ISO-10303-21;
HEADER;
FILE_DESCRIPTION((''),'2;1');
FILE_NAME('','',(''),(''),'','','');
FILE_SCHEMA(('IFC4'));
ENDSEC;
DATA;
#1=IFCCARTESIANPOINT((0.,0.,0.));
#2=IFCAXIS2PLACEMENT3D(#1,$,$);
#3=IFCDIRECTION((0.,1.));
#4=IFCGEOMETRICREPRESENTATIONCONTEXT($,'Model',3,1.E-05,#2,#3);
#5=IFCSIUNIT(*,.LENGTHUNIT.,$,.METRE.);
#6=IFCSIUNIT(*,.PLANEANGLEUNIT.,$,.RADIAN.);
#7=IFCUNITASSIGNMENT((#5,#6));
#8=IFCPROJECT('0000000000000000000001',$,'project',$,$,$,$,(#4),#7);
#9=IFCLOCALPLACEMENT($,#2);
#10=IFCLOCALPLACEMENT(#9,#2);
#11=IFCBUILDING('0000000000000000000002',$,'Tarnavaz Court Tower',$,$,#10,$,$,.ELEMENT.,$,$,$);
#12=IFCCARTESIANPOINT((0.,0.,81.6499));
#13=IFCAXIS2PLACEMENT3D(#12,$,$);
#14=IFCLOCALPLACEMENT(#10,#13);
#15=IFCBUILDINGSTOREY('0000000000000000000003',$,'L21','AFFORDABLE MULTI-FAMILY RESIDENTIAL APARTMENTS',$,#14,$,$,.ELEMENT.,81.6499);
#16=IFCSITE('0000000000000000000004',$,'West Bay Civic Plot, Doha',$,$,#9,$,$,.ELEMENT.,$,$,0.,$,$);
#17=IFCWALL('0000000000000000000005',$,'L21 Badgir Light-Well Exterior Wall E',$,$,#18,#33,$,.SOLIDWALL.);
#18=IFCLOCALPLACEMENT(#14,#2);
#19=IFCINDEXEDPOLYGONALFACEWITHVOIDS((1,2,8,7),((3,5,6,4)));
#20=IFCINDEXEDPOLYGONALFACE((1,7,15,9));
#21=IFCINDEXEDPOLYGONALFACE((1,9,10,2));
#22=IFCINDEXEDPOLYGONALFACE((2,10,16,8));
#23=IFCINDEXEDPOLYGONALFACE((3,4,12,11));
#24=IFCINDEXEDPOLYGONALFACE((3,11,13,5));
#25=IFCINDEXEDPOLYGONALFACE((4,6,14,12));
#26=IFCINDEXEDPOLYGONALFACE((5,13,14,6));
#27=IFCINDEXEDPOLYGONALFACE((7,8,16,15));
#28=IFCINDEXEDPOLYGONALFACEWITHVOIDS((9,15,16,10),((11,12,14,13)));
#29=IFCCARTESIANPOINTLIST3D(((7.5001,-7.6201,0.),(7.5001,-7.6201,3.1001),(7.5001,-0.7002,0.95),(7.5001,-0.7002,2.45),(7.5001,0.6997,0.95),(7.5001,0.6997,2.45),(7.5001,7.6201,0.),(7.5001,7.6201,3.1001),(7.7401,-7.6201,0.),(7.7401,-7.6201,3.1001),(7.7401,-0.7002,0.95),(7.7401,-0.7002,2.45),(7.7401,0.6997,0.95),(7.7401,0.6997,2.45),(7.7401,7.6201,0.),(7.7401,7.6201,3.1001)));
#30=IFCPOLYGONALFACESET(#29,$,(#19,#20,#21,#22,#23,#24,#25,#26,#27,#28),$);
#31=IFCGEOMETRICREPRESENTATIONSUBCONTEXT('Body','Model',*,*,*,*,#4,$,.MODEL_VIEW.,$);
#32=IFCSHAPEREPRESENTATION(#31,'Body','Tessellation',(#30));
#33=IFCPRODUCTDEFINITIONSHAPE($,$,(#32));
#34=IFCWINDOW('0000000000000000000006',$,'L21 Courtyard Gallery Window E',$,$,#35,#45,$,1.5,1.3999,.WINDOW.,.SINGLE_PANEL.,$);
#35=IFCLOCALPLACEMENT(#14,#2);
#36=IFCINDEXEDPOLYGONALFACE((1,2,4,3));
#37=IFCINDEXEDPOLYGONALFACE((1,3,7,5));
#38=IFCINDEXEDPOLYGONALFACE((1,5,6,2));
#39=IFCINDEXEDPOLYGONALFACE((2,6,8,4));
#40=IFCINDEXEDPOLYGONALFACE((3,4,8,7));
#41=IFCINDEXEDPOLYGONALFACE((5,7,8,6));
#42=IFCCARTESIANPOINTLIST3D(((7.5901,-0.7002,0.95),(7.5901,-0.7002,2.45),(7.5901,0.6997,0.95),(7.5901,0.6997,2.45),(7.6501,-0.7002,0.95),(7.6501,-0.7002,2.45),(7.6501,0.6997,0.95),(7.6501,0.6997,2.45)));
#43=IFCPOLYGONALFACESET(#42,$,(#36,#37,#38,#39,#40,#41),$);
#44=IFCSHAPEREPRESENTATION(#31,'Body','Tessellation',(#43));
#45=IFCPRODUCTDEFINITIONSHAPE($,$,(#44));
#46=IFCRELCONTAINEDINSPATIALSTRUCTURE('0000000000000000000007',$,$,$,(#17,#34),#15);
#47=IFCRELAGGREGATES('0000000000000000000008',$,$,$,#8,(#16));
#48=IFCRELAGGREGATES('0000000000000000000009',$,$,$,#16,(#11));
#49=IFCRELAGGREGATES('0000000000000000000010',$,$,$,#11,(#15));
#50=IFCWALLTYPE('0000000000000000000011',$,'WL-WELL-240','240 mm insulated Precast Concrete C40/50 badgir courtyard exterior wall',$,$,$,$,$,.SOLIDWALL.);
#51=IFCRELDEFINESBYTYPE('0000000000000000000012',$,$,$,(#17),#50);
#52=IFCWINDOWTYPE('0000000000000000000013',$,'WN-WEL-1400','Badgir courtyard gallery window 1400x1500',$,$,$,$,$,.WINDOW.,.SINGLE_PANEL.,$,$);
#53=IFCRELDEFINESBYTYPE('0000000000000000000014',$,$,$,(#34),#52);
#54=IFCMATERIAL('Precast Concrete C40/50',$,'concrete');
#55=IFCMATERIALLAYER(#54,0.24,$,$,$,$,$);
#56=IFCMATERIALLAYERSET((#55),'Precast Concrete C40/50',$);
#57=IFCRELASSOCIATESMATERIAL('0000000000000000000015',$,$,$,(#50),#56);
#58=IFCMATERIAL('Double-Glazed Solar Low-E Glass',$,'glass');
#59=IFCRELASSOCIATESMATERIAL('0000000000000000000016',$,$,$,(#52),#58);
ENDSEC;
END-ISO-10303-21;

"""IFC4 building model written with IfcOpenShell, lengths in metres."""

from ifc_helpers import new_model, si_unit, direction, frame, frame_2d, origin, place, context, subcontext, project, spatial, rectangle, extrude, material, layer, layer_set, type_object, element, fill, save


model = new_model("IFC4")

# Units and contexts
model_context = context("Model", 3, precision=1e-05, world=origin(), true_north=direction((0.0, 1.0)))
body_context = subcontext(model_context, "Body", "Model", "MODEL_VIEW")
ifc_project = project(units=[si_unit("LENGTHUNIT", "METRE"), si_unit("PLANEANGLEUNIT", "RADIAN")], contexts=[model_context])

# Site, building, storey
site_placement = place(None, origin())
site = spatial("IfcSite", under=ifc_project, at=site_placement, Name="West Bay Civic Plot, Doha", CompositionType="ELEMENT", RefElevation=0.0)
building_placement = place(site_placement, origin())
building = spatial("IfcBuilding", under=site, at=building_placement, Name="Tarnavaz Court Tower", CompositionType="ELEMENT")
storey_placement = place(building_placement, frame((0.0, 0.0, 81.6499)))
storey = spatial("IfcBuildingStorey", under=building, at=storey_placement, Name="L21", Description="AFFORDABLE MULTI-FAMILY RESIDENTIAL APARTMENTS", CompositionType="ELEMENT", Elevation=81.6499)

# Wall, opening, window
ifc_material_1 = material(Name="Precast Concrete C40/50", Category="concrete")
ifc_layer_1 = layer(ifc_material_1, 0.24)
ifc_layer_set_1 = layer_set([ifc_layer_1], Name="Precast Concrete C40/50")
wall_type_1 = type_object("IfcWallType", Name="WL-WELL-240", Description="240 mm insulated Precast Concrete C40/50 badgir courtyard exterior wall", PredefinedType="SOLIDWALL", material=ifc_layer_set_1)
wall_1_placement = place(storey_placement, frame((7.6201, -7.6201, 0.0), z_axis=(0.0, 0.0, 1.0), x_axis=(0.0, 1.0, 0.0)))
wall_1 = element("IfcWall", 1, at=wall_1_placement, inside=storey, type_object=wall_type_1, Name="L21 Badgir Light-Well Exterior Wall E", PredefinedType="SOLIDWALL", context=body_context, shape_type="SweptSolid", body=[
    extrude(rectangle(XDim=15.2402, YDim=0.24, at=frame_2d((7.6201, 0.0))), origin(), (0.0, 0.0, 1.0), 3.1001),
])
opening_1_placement = place(wall_1_placement, frame((6.9199, 0.0, 0.95)))
opening_1 = element("IfcOpeningElement", 2, at=opening_1_placement, cuts=wall_1, PredefinedType="OPENING", context=body_context, shape_type="SweptSolid", body=[
    extrude(rectangle(XDim=1.3999, YDim=1.5, at=frame_2d((0.7, 0.75))), frame((0.0, 0.1299, 0.0), z_axis=(0.0, -1.0, 0.0), x_axis=(1.0, 0.0, 0.0)), (0.0, 0.0, 1.0), 0.26),
])
ifc_material_2 = material(Name="Double-Glazed Solar Low-E Glass", Category="glass")
window_type = type_object("IfcWindowType", Name="WN-WEL-1400", Description="Badgir courtyard gallery window 1400x1500", PartitioningType="SINGLE_PANEL", PredefinedType="WINDOW", material=ifc_material_2)
window_placement = place(opening_1_placement, origin())
window = element("IfcWindow", 3, at=window_placement, inside=storey, type_object=window_type, Name="L21 Courtyard Gallery Window E", OverallHeight=1.5, OverallWidth=1.3999, PartitioningType="SINGLE_PANEL", PredefinedType="WINDOW", context=body_context, shape_type="SweptSolid", body=[
    extrude(rectangle(XDim=1.3999, YDim=1.5, at=frame_2d((0.7, 0.75))), frame((0.0, 0.03, 0.0), z_axis=(0.0, -1.0, 0.0), x_axis=(1.0, 0.0, 0.0)), (0.0, 0.0, 1.0), 0.0601),
])
fill(opening_1, window)

save(model, "model.ifc")
